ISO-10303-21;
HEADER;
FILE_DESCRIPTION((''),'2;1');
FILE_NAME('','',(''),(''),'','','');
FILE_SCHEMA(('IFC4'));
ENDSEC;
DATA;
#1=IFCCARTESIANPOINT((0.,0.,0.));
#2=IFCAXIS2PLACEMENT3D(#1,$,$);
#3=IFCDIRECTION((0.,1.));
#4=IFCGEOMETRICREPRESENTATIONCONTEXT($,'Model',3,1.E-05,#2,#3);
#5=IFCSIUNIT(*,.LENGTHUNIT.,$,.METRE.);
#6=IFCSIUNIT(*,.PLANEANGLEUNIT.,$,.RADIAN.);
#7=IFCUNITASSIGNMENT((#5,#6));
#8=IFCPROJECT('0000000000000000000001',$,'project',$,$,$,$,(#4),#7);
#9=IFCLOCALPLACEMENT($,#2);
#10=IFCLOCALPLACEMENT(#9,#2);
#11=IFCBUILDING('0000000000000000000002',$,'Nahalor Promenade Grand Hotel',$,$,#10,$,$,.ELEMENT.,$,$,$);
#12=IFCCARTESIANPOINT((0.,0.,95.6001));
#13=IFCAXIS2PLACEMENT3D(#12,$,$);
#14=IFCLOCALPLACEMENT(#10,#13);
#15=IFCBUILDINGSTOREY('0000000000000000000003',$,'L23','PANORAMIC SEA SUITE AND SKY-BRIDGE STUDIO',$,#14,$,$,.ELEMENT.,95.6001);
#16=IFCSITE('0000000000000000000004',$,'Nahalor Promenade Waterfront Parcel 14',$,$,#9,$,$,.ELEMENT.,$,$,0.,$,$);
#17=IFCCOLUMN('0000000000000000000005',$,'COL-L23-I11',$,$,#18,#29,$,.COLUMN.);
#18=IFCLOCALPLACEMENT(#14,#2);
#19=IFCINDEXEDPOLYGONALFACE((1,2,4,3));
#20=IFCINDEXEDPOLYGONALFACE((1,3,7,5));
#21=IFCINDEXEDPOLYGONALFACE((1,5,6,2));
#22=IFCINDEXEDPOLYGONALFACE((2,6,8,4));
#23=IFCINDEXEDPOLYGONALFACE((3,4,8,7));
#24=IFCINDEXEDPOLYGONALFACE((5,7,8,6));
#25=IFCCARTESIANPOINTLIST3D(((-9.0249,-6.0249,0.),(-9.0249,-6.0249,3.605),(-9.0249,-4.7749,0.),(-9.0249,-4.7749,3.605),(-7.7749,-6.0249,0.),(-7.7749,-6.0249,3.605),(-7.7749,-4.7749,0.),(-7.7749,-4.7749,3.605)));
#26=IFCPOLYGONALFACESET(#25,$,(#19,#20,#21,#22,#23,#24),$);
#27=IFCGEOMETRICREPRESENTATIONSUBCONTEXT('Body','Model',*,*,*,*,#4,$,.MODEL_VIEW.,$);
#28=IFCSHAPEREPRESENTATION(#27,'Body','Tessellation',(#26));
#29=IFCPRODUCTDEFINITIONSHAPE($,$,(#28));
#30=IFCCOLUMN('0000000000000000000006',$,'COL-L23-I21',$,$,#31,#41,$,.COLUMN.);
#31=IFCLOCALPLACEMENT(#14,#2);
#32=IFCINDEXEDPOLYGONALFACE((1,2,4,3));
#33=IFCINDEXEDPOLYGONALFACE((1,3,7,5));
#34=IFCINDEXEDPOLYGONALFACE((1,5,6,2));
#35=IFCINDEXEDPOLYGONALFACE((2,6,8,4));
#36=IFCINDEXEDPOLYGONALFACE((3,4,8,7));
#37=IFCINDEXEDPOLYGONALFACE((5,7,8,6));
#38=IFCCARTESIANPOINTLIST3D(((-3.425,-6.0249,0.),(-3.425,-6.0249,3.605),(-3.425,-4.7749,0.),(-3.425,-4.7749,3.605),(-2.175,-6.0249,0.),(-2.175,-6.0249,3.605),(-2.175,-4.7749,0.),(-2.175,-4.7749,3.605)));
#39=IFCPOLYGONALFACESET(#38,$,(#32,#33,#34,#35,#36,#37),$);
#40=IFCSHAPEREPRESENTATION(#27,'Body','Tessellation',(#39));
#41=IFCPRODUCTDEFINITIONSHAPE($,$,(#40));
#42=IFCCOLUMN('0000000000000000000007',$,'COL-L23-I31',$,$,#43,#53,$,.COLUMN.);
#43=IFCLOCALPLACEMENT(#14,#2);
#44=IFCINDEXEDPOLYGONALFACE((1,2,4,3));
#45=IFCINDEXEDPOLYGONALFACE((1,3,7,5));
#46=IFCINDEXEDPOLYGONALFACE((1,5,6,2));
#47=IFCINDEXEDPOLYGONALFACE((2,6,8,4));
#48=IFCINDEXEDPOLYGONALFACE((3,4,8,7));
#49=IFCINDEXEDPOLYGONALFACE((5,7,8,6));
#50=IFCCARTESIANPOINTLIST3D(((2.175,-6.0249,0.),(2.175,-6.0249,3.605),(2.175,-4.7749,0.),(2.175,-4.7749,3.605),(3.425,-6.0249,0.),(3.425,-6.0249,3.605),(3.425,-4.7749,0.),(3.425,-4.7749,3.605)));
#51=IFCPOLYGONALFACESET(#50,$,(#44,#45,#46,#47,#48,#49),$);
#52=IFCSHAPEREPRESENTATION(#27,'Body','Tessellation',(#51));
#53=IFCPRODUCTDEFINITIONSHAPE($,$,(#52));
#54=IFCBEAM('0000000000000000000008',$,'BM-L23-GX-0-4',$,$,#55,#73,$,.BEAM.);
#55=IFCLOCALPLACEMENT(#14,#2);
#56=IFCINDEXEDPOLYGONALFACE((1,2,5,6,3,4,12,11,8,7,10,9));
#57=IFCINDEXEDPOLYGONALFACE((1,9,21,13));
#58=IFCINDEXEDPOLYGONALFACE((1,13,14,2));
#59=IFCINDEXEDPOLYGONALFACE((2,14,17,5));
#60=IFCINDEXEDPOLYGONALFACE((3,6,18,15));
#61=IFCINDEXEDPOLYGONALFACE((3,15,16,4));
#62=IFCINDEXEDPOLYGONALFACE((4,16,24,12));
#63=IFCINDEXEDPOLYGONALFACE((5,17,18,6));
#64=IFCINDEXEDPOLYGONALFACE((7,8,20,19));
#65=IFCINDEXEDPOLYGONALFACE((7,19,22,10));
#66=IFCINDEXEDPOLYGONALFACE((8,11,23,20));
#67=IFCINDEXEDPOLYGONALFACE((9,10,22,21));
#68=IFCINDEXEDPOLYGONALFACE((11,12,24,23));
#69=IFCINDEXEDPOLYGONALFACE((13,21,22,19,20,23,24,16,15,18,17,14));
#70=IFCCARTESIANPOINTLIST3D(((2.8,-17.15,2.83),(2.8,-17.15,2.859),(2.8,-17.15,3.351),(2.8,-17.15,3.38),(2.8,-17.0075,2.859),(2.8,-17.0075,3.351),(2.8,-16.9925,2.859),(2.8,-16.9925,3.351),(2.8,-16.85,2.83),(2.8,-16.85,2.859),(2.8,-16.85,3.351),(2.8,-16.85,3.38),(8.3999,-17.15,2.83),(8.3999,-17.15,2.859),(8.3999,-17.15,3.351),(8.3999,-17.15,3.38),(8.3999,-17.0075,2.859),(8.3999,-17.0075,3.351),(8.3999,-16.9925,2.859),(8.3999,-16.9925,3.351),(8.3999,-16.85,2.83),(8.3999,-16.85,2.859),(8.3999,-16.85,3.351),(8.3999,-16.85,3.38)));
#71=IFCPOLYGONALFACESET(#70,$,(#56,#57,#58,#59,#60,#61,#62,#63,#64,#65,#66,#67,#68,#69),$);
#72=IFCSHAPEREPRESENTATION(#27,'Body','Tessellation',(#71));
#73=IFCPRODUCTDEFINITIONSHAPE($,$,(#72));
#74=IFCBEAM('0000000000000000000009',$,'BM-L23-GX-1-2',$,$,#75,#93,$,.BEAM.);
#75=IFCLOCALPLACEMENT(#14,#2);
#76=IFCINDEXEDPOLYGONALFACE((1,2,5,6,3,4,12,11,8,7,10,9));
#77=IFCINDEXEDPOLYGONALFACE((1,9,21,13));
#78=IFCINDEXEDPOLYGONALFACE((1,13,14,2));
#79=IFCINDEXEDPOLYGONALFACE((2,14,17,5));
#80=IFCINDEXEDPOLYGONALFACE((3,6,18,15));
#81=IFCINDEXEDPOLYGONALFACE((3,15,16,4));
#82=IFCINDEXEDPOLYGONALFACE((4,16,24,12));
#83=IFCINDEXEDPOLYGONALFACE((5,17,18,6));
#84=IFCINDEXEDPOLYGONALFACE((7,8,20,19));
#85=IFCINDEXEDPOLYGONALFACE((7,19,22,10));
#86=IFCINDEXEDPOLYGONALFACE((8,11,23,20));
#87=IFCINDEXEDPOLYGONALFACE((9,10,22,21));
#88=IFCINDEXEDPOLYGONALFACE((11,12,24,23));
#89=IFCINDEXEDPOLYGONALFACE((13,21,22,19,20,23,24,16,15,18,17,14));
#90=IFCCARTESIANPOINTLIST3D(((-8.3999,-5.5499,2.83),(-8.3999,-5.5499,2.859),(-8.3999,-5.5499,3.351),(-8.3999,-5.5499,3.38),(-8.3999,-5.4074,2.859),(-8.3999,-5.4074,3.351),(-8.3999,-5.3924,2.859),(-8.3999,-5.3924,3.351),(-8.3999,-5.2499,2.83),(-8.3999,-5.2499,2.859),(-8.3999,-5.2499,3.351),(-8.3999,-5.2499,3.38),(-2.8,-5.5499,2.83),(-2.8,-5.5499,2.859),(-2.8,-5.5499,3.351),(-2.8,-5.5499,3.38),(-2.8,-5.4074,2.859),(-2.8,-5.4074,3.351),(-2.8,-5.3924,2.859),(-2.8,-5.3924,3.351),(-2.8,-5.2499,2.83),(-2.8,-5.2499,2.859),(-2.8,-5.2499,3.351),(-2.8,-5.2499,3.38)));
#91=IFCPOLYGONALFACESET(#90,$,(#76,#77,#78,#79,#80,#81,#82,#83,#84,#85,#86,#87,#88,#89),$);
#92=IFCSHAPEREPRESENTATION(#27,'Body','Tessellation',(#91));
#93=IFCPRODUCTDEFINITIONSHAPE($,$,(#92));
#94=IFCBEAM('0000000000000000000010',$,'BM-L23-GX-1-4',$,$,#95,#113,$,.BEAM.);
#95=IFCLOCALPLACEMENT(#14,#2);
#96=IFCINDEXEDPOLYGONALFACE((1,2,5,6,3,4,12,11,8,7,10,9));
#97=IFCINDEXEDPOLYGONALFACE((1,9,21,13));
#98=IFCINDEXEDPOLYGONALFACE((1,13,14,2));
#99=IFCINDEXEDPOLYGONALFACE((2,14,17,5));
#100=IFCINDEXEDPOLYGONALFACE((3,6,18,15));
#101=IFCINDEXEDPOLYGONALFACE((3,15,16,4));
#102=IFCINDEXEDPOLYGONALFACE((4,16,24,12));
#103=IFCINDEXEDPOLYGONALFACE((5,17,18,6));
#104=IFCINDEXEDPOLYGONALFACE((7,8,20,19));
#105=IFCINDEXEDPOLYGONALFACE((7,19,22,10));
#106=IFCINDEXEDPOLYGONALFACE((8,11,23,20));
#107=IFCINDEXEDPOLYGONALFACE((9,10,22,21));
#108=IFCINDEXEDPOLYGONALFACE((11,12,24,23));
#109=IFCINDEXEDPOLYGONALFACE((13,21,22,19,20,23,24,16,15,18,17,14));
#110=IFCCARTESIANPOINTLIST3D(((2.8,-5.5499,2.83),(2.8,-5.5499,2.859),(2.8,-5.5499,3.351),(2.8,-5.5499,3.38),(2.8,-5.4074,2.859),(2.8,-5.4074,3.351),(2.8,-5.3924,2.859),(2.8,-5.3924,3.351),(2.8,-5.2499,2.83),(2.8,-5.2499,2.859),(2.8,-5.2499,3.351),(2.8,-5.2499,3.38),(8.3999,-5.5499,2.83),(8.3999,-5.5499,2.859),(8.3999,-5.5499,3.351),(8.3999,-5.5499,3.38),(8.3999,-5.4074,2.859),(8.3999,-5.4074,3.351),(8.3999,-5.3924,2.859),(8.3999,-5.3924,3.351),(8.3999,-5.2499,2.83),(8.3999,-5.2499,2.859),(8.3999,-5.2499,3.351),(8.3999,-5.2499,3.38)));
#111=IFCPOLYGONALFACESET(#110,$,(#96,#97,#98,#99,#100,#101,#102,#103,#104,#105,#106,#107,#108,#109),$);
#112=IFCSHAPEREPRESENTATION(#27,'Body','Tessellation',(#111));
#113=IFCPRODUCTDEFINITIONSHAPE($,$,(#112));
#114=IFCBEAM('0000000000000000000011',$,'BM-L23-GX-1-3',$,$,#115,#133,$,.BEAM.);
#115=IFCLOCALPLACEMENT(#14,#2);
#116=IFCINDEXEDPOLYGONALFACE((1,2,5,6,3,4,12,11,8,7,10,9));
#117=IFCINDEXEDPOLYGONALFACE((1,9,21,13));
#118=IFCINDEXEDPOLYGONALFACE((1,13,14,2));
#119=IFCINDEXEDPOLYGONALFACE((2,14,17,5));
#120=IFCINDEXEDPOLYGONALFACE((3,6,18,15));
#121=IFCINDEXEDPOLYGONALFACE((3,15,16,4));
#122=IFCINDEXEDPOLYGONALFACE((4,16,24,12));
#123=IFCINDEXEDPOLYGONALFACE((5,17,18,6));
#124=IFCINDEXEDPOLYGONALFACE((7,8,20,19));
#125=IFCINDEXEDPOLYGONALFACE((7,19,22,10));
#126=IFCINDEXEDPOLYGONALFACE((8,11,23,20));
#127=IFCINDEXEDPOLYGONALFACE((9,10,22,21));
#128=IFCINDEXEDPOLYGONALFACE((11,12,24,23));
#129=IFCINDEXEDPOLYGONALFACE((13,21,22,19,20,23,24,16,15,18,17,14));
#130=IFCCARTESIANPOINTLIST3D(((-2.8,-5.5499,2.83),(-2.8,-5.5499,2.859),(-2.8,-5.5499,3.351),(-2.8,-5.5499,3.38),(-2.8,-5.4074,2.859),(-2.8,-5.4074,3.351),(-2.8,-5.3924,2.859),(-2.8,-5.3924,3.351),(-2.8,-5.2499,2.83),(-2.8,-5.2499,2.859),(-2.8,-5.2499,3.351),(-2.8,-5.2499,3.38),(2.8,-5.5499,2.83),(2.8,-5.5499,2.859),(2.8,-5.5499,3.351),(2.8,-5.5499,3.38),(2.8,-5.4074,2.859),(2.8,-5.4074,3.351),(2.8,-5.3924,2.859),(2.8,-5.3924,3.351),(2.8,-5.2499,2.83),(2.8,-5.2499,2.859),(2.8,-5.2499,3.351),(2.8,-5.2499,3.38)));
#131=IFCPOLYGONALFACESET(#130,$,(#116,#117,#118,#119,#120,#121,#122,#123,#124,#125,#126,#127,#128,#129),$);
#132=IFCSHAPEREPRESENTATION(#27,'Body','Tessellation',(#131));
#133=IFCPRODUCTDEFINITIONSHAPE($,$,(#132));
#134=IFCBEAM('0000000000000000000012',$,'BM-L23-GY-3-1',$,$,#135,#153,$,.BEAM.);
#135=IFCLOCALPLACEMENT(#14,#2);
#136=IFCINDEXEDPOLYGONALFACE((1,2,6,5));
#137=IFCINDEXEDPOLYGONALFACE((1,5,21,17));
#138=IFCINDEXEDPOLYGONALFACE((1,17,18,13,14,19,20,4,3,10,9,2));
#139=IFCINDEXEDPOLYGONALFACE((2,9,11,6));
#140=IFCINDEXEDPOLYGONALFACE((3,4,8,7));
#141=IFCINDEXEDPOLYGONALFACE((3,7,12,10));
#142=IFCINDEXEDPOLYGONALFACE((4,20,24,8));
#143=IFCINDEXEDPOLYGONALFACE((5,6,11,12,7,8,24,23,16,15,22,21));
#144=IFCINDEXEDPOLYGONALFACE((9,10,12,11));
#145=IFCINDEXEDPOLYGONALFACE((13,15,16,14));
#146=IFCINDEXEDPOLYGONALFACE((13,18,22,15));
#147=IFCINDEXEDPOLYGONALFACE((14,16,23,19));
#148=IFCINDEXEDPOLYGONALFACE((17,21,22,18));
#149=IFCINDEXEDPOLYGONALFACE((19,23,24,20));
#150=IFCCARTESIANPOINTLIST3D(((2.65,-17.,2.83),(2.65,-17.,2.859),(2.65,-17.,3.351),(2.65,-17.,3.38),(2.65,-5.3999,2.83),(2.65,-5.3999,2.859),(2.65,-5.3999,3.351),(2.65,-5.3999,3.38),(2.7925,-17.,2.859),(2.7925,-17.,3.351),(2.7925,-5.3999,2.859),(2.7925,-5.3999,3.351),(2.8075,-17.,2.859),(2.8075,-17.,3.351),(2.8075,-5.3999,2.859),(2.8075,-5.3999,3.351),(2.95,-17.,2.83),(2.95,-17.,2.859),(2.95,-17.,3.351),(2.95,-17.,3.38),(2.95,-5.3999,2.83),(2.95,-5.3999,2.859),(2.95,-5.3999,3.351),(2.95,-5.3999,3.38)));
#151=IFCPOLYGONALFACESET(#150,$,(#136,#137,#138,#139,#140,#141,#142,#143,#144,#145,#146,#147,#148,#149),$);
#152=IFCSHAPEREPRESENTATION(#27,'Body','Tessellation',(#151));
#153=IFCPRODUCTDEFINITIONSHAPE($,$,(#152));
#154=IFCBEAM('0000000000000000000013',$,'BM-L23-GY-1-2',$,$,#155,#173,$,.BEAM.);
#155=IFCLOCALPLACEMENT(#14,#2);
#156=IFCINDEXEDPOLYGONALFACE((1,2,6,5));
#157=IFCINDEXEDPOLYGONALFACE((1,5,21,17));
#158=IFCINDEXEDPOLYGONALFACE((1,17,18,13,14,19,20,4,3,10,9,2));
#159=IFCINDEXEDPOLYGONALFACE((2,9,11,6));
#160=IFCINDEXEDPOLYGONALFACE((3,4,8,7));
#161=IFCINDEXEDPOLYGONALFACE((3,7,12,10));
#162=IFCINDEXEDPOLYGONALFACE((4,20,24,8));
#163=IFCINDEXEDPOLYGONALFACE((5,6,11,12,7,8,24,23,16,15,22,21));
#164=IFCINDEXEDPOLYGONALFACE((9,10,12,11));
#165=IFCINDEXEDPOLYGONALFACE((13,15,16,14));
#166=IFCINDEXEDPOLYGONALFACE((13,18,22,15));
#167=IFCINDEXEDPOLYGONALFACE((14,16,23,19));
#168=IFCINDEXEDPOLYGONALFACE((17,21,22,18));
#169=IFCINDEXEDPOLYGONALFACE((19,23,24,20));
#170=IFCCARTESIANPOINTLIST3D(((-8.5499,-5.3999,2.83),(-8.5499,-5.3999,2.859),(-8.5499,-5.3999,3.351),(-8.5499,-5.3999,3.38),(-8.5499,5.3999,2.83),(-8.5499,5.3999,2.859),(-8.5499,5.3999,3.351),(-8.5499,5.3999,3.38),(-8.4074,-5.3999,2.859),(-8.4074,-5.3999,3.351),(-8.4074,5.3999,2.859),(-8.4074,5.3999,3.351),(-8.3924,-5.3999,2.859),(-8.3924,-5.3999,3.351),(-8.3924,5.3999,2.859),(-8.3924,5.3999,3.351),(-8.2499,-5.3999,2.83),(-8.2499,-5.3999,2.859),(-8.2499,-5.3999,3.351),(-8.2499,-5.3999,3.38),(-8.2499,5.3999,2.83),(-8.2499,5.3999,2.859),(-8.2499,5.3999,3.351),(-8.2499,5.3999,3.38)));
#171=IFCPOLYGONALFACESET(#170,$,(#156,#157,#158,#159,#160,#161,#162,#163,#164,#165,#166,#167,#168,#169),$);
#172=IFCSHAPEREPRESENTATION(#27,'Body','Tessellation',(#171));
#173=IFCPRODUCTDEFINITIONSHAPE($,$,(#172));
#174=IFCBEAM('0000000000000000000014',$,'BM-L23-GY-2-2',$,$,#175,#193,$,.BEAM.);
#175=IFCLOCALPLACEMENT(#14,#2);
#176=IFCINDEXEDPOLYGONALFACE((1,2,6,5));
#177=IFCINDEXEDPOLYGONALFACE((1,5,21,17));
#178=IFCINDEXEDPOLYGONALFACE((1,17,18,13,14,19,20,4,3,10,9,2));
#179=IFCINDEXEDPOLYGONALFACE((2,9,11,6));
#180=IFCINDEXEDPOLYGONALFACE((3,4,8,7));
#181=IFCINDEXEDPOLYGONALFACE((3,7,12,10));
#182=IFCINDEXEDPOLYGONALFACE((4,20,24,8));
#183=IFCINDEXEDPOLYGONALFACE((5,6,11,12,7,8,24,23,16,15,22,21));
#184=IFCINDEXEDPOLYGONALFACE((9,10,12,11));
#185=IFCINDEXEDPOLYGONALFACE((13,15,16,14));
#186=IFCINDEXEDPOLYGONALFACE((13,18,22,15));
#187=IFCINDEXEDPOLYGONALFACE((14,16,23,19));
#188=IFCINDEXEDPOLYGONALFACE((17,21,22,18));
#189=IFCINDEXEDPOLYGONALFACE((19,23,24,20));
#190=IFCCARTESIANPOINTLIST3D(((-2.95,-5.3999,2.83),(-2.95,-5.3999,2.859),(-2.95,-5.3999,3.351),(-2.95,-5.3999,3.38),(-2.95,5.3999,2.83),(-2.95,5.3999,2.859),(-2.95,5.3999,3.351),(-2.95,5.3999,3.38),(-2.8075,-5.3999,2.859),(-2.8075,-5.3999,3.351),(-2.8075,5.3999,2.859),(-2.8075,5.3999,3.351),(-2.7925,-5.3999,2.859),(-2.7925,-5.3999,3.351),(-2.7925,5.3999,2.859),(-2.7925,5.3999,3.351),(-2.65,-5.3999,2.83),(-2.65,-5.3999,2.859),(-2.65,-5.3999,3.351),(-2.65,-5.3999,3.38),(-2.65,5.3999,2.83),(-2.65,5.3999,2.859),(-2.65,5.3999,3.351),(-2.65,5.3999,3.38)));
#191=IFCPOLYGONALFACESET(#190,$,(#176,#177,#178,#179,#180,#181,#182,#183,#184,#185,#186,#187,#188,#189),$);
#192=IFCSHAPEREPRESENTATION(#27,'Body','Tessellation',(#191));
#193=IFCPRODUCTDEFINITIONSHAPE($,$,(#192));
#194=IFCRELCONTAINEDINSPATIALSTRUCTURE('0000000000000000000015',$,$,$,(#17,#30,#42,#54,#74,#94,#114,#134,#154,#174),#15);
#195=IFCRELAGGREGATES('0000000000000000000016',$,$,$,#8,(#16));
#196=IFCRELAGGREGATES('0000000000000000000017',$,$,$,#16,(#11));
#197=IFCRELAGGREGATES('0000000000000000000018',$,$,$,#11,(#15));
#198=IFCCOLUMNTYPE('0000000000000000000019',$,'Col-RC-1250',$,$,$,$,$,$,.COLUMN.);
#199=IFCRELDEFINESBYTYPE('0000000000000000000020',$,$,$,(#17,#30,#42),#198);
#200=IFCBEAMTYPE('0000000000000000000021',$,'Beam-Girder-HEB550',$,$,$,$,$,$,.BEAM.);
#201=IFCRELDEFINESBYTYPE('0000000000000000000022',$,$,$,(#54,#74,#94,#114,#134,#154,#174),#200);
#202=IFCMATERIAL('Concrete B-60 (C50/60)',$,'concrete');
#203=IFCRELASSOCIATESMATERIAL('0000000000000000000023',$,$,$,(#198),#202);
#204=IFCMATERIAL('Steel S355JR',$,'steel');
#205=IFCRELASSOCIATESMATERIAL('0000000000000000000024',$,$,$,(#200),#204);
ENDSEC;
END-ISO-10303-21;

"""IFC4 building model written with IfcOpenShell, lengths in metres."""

from ifc_helpers import new_model, si_unit, direction, frame, origin, origin_2d, place, context, subcontext, project, spatial, rectangle, i_section, extrude, source, transform, mapped, material, material_profile, profile_set, type_object, element, save


model = new_model("IFC4")

# Units and contexts
model_context = context("Model", 3, precision=1e-05, world=origin(), true_north=direction((0.0, 1.0)))
body_context = subcontext(model_context, "Body", "Model", "MODEL_VIEW")
ifc_project = project(units=[si_unit("LENGTHUNIT", "METRE"), si_unit("PLANEANGLEUNIT", "RADIAN")], contexts=[model_context])

# Site, building, storey
site_placement = place(None, origin())
site = spatial("IfcSite", under=ifc_project, at=site_placement, Name="Nahalor Promenade Waterfront Parcel 14", CompositionType="ELEMENT", RefElevation=0.0)
building_placement = place(site_placement, origin())
building = spatial("IfcBuilding", under=site, at=building_placement, Name="Nahalor Promenade Grand Hotel", CompositionType="ELEMENT")
storey_placement = place(building_placement, frame((0.0, 0.0, 95.6001)))
storey = spatial("IfcBuildingStorey", under=building, at=storey_placement, Name="L23", Description="PANORAMIC SEA SUITE AND SKY-BRIDGE STUDIO", CompositionType="ELEMENT", Elevation=95.6001)

# Columns
ifc_material_1 = material(Name="Concrete B-60 (C50/60)", Category="concrete")
ifc_material_profile_1 = material_profile(ifc_material_1, rectangle(XDim=1.25, YDim=1.25, at=origin_2d()), Name="RC 1250x1250")
ifc_profile_set_1 = profile_set([ifc_material_profile_1], Name="Concrete B-60 (C50/60)")
column_type = type_object("IfcColumnType", Name="Col-RC-1250", PredefinedType="COLUMN", material=ifc_profile_set_1)
shared_shape_1 = source(origin(), body_context, "Body", "SweptSolid", [
    extrude(rectangle(XDim=1.25, YDim=1.25, at=origin_2d()), origin(), (0.0, 0.0, 1.0), 3.605),
])
for number, where, z_axis, x_axis, name in (
    (1, (-8.3999, -5.3999, 0.0), (0.0, 0.0, 1.0), (1.0, 0.0, 0.0), "COL-L23-I11"),
    (2, (-2.8, -5.3999, 0.0), (0.0, 0.0, 1.0), (1.0, 0.0, 0.0), "COL-L23-I21"),
    (3, (2.8, -5.3999, 0.0), (0.0, 0.0, 1.0), (1.0, 0.0, 0.0), "COL-L23-I31"),
):
    element("IfcColumn", number, at=place(storey_placement, frame(where, z_axis=z_axis, x_axis=x_axis)), inside=storey, type_object=column_type, Name=name, PredefinedType="COLUMN", context=body_context, shape_type="MappedRepresentation", body=[
        mapped(shared_shape_1, transform((0.0, 0.0, 0.0), scale=1.0)),
    ])

# Beams
ifc_material_2 = material(Name="Steel S355JR", Category="steel")
ifc_material_profile_2 = material_profile(ifc_material_2, i_section(OverallWidth=0.3, OverallDepth=0.55, WebThickness=0.015, FlangeThickness=0.029, at=origin_2d()), Name="HEB 550")
ifc_profile_set_2 = profile_set([ifc_material_profile_2], Name="Steel S355JR")
beam_type = type_object("IfcBeamType", Name="Beam-Girder-HEB550", PredefinedType="BEAM", material=ifc_profile_set_2)
shared_shape_2 = source(origin(), body_context, "Body", "SweptSolid", [
    extrude(i_section(OverallWidth=0.3, OverallDepth=0.55, WebThickness=0.015, FlangeThickness=0.029, at=origin_2d()), origin(), (0.0, 0.0, 1.0), 5.5999),
])
for number, where, z_axis, x_axis, name in (
    (4, (2.8, -17.0, 3.105), (1.0, 0.0, 0.0), (0.0, 1.0, 0.0), "BM-L23-GX-0-4"),
    (5, (-8.3999, -5.3999, 3.105), (1.0, 0.0, 0.0), (0.0, 1.0, 0.0), "BM-L23-GX-1-2"),
    (6, (2.8, -5.3999, 3.105), (1.0, 0.0, 0.0), (0.0, 1.0, 0.0), "BM-L23-GX-1-4"),
):
    element("IfcBeam", number, at=place(storey_placement, frame(where, z_axis=z_axis, x_axis=x_axis)), inside=storey, type_object=beam_type, Name=name, PredefinedType="BEAM", context=body_context, shape_type="MappedRepresentation", body=[
        mapped(shared_shape_2, transform((0.0, 0.0, 0.0), scale=1.0)),
    ])
shared_shape_3 = source(origin(), body_context, "Body", "SweptSolid", [
    extrude(i_section(OverallWidth=0.3, OverallDepth=0.55, WebThickness=0.015, FlangeThickness=0.029, at=origin_2d()), origin(), (0.0, 0.0, 1.0), 5.6001),
])
beam_1_placement = place(storey_placement, frame((-2.8, -5.3999, 3.105), z_axis=(1.0, 0.0, 0.0), x_axis=(0.0, 1.0, 0.0)))
element("IfcBeam", 7, at=beam_1_placement, inside=storey, type_object=beam_type, Name="BM-L23-GX-1-3", PredefinedType="BEAM", context=body_context, shape_type="MappedRepresentation", body=[
    mapped(shared_shape_3, transform((0.0, 0.0, 0.0), scale=1.0)),
])
shared_shape_4 = source(origin(), body_context, "Body", "SweptSolid", [
    extrude(i_section(OverallWidth=0.3, OverallDepth=0.55, WebThickness=0.015, FlangeThickness=0.029, at=origin_2d()), origin(), (0.0, 0.0, 1.0), 11.6001),
])
beam_2_placement = place(storey_placement, frame((2.8, -17.0, 3.105), z_axis=(0.0, 1.0, 0.0), x_axis=(-1.0, 0.0, 0.0)))
element("IfcBeam", 8, at=beam_2_placement, inside=storey, type_object=beam_type, Name="BM-L23-GY-3-1", PredefinedType="BEAM", context=body_context, shape_type="MappedRepresentation", body=[
    mapped(shared_shape_4, transform((0.0, 0.0, 0.0), scale=1.0)),
])
shared_shape_5 = source(origin(), body_context, "Body", "SweptSolid", [
    extrude(i_section(OverallWidth=0.3, OverallDepth=0.55, WebThickness=0.015, FlangeThickness=0.029, at=origin_2d()), origin(), (0.0, 0.0, 1.0), 10.7998),
])
for number, where, z_axis, x_axis, name in (
    (9, (-8.3999, -5.3999, 3.105), (0.0, 1.0, 0.0), (-1.0, 0.0, 0.0), "BM-L23-GY-1-2"),
    (10, (-2.8, -5.3999, 3.105), (0.0, 1.0, 0.0), (-1.0, 0.0, 0.0), "BM-L23-GY-2-2"),
):
    element("IfcBeam", number, at=place(storey_placement, frame(where, z_axis=z_axis, x_axis=x_axis)), inside=storey, type_object=beam_type, Name=name, PredefinedType="BEAM", context=body_context, shape_type="MappedRepresentation", body=[
        mapped(shared_shape_5, transform((0.0, 0.0, 0.0), scale=1.0)),
    ])

save(model, "model.ifc")
